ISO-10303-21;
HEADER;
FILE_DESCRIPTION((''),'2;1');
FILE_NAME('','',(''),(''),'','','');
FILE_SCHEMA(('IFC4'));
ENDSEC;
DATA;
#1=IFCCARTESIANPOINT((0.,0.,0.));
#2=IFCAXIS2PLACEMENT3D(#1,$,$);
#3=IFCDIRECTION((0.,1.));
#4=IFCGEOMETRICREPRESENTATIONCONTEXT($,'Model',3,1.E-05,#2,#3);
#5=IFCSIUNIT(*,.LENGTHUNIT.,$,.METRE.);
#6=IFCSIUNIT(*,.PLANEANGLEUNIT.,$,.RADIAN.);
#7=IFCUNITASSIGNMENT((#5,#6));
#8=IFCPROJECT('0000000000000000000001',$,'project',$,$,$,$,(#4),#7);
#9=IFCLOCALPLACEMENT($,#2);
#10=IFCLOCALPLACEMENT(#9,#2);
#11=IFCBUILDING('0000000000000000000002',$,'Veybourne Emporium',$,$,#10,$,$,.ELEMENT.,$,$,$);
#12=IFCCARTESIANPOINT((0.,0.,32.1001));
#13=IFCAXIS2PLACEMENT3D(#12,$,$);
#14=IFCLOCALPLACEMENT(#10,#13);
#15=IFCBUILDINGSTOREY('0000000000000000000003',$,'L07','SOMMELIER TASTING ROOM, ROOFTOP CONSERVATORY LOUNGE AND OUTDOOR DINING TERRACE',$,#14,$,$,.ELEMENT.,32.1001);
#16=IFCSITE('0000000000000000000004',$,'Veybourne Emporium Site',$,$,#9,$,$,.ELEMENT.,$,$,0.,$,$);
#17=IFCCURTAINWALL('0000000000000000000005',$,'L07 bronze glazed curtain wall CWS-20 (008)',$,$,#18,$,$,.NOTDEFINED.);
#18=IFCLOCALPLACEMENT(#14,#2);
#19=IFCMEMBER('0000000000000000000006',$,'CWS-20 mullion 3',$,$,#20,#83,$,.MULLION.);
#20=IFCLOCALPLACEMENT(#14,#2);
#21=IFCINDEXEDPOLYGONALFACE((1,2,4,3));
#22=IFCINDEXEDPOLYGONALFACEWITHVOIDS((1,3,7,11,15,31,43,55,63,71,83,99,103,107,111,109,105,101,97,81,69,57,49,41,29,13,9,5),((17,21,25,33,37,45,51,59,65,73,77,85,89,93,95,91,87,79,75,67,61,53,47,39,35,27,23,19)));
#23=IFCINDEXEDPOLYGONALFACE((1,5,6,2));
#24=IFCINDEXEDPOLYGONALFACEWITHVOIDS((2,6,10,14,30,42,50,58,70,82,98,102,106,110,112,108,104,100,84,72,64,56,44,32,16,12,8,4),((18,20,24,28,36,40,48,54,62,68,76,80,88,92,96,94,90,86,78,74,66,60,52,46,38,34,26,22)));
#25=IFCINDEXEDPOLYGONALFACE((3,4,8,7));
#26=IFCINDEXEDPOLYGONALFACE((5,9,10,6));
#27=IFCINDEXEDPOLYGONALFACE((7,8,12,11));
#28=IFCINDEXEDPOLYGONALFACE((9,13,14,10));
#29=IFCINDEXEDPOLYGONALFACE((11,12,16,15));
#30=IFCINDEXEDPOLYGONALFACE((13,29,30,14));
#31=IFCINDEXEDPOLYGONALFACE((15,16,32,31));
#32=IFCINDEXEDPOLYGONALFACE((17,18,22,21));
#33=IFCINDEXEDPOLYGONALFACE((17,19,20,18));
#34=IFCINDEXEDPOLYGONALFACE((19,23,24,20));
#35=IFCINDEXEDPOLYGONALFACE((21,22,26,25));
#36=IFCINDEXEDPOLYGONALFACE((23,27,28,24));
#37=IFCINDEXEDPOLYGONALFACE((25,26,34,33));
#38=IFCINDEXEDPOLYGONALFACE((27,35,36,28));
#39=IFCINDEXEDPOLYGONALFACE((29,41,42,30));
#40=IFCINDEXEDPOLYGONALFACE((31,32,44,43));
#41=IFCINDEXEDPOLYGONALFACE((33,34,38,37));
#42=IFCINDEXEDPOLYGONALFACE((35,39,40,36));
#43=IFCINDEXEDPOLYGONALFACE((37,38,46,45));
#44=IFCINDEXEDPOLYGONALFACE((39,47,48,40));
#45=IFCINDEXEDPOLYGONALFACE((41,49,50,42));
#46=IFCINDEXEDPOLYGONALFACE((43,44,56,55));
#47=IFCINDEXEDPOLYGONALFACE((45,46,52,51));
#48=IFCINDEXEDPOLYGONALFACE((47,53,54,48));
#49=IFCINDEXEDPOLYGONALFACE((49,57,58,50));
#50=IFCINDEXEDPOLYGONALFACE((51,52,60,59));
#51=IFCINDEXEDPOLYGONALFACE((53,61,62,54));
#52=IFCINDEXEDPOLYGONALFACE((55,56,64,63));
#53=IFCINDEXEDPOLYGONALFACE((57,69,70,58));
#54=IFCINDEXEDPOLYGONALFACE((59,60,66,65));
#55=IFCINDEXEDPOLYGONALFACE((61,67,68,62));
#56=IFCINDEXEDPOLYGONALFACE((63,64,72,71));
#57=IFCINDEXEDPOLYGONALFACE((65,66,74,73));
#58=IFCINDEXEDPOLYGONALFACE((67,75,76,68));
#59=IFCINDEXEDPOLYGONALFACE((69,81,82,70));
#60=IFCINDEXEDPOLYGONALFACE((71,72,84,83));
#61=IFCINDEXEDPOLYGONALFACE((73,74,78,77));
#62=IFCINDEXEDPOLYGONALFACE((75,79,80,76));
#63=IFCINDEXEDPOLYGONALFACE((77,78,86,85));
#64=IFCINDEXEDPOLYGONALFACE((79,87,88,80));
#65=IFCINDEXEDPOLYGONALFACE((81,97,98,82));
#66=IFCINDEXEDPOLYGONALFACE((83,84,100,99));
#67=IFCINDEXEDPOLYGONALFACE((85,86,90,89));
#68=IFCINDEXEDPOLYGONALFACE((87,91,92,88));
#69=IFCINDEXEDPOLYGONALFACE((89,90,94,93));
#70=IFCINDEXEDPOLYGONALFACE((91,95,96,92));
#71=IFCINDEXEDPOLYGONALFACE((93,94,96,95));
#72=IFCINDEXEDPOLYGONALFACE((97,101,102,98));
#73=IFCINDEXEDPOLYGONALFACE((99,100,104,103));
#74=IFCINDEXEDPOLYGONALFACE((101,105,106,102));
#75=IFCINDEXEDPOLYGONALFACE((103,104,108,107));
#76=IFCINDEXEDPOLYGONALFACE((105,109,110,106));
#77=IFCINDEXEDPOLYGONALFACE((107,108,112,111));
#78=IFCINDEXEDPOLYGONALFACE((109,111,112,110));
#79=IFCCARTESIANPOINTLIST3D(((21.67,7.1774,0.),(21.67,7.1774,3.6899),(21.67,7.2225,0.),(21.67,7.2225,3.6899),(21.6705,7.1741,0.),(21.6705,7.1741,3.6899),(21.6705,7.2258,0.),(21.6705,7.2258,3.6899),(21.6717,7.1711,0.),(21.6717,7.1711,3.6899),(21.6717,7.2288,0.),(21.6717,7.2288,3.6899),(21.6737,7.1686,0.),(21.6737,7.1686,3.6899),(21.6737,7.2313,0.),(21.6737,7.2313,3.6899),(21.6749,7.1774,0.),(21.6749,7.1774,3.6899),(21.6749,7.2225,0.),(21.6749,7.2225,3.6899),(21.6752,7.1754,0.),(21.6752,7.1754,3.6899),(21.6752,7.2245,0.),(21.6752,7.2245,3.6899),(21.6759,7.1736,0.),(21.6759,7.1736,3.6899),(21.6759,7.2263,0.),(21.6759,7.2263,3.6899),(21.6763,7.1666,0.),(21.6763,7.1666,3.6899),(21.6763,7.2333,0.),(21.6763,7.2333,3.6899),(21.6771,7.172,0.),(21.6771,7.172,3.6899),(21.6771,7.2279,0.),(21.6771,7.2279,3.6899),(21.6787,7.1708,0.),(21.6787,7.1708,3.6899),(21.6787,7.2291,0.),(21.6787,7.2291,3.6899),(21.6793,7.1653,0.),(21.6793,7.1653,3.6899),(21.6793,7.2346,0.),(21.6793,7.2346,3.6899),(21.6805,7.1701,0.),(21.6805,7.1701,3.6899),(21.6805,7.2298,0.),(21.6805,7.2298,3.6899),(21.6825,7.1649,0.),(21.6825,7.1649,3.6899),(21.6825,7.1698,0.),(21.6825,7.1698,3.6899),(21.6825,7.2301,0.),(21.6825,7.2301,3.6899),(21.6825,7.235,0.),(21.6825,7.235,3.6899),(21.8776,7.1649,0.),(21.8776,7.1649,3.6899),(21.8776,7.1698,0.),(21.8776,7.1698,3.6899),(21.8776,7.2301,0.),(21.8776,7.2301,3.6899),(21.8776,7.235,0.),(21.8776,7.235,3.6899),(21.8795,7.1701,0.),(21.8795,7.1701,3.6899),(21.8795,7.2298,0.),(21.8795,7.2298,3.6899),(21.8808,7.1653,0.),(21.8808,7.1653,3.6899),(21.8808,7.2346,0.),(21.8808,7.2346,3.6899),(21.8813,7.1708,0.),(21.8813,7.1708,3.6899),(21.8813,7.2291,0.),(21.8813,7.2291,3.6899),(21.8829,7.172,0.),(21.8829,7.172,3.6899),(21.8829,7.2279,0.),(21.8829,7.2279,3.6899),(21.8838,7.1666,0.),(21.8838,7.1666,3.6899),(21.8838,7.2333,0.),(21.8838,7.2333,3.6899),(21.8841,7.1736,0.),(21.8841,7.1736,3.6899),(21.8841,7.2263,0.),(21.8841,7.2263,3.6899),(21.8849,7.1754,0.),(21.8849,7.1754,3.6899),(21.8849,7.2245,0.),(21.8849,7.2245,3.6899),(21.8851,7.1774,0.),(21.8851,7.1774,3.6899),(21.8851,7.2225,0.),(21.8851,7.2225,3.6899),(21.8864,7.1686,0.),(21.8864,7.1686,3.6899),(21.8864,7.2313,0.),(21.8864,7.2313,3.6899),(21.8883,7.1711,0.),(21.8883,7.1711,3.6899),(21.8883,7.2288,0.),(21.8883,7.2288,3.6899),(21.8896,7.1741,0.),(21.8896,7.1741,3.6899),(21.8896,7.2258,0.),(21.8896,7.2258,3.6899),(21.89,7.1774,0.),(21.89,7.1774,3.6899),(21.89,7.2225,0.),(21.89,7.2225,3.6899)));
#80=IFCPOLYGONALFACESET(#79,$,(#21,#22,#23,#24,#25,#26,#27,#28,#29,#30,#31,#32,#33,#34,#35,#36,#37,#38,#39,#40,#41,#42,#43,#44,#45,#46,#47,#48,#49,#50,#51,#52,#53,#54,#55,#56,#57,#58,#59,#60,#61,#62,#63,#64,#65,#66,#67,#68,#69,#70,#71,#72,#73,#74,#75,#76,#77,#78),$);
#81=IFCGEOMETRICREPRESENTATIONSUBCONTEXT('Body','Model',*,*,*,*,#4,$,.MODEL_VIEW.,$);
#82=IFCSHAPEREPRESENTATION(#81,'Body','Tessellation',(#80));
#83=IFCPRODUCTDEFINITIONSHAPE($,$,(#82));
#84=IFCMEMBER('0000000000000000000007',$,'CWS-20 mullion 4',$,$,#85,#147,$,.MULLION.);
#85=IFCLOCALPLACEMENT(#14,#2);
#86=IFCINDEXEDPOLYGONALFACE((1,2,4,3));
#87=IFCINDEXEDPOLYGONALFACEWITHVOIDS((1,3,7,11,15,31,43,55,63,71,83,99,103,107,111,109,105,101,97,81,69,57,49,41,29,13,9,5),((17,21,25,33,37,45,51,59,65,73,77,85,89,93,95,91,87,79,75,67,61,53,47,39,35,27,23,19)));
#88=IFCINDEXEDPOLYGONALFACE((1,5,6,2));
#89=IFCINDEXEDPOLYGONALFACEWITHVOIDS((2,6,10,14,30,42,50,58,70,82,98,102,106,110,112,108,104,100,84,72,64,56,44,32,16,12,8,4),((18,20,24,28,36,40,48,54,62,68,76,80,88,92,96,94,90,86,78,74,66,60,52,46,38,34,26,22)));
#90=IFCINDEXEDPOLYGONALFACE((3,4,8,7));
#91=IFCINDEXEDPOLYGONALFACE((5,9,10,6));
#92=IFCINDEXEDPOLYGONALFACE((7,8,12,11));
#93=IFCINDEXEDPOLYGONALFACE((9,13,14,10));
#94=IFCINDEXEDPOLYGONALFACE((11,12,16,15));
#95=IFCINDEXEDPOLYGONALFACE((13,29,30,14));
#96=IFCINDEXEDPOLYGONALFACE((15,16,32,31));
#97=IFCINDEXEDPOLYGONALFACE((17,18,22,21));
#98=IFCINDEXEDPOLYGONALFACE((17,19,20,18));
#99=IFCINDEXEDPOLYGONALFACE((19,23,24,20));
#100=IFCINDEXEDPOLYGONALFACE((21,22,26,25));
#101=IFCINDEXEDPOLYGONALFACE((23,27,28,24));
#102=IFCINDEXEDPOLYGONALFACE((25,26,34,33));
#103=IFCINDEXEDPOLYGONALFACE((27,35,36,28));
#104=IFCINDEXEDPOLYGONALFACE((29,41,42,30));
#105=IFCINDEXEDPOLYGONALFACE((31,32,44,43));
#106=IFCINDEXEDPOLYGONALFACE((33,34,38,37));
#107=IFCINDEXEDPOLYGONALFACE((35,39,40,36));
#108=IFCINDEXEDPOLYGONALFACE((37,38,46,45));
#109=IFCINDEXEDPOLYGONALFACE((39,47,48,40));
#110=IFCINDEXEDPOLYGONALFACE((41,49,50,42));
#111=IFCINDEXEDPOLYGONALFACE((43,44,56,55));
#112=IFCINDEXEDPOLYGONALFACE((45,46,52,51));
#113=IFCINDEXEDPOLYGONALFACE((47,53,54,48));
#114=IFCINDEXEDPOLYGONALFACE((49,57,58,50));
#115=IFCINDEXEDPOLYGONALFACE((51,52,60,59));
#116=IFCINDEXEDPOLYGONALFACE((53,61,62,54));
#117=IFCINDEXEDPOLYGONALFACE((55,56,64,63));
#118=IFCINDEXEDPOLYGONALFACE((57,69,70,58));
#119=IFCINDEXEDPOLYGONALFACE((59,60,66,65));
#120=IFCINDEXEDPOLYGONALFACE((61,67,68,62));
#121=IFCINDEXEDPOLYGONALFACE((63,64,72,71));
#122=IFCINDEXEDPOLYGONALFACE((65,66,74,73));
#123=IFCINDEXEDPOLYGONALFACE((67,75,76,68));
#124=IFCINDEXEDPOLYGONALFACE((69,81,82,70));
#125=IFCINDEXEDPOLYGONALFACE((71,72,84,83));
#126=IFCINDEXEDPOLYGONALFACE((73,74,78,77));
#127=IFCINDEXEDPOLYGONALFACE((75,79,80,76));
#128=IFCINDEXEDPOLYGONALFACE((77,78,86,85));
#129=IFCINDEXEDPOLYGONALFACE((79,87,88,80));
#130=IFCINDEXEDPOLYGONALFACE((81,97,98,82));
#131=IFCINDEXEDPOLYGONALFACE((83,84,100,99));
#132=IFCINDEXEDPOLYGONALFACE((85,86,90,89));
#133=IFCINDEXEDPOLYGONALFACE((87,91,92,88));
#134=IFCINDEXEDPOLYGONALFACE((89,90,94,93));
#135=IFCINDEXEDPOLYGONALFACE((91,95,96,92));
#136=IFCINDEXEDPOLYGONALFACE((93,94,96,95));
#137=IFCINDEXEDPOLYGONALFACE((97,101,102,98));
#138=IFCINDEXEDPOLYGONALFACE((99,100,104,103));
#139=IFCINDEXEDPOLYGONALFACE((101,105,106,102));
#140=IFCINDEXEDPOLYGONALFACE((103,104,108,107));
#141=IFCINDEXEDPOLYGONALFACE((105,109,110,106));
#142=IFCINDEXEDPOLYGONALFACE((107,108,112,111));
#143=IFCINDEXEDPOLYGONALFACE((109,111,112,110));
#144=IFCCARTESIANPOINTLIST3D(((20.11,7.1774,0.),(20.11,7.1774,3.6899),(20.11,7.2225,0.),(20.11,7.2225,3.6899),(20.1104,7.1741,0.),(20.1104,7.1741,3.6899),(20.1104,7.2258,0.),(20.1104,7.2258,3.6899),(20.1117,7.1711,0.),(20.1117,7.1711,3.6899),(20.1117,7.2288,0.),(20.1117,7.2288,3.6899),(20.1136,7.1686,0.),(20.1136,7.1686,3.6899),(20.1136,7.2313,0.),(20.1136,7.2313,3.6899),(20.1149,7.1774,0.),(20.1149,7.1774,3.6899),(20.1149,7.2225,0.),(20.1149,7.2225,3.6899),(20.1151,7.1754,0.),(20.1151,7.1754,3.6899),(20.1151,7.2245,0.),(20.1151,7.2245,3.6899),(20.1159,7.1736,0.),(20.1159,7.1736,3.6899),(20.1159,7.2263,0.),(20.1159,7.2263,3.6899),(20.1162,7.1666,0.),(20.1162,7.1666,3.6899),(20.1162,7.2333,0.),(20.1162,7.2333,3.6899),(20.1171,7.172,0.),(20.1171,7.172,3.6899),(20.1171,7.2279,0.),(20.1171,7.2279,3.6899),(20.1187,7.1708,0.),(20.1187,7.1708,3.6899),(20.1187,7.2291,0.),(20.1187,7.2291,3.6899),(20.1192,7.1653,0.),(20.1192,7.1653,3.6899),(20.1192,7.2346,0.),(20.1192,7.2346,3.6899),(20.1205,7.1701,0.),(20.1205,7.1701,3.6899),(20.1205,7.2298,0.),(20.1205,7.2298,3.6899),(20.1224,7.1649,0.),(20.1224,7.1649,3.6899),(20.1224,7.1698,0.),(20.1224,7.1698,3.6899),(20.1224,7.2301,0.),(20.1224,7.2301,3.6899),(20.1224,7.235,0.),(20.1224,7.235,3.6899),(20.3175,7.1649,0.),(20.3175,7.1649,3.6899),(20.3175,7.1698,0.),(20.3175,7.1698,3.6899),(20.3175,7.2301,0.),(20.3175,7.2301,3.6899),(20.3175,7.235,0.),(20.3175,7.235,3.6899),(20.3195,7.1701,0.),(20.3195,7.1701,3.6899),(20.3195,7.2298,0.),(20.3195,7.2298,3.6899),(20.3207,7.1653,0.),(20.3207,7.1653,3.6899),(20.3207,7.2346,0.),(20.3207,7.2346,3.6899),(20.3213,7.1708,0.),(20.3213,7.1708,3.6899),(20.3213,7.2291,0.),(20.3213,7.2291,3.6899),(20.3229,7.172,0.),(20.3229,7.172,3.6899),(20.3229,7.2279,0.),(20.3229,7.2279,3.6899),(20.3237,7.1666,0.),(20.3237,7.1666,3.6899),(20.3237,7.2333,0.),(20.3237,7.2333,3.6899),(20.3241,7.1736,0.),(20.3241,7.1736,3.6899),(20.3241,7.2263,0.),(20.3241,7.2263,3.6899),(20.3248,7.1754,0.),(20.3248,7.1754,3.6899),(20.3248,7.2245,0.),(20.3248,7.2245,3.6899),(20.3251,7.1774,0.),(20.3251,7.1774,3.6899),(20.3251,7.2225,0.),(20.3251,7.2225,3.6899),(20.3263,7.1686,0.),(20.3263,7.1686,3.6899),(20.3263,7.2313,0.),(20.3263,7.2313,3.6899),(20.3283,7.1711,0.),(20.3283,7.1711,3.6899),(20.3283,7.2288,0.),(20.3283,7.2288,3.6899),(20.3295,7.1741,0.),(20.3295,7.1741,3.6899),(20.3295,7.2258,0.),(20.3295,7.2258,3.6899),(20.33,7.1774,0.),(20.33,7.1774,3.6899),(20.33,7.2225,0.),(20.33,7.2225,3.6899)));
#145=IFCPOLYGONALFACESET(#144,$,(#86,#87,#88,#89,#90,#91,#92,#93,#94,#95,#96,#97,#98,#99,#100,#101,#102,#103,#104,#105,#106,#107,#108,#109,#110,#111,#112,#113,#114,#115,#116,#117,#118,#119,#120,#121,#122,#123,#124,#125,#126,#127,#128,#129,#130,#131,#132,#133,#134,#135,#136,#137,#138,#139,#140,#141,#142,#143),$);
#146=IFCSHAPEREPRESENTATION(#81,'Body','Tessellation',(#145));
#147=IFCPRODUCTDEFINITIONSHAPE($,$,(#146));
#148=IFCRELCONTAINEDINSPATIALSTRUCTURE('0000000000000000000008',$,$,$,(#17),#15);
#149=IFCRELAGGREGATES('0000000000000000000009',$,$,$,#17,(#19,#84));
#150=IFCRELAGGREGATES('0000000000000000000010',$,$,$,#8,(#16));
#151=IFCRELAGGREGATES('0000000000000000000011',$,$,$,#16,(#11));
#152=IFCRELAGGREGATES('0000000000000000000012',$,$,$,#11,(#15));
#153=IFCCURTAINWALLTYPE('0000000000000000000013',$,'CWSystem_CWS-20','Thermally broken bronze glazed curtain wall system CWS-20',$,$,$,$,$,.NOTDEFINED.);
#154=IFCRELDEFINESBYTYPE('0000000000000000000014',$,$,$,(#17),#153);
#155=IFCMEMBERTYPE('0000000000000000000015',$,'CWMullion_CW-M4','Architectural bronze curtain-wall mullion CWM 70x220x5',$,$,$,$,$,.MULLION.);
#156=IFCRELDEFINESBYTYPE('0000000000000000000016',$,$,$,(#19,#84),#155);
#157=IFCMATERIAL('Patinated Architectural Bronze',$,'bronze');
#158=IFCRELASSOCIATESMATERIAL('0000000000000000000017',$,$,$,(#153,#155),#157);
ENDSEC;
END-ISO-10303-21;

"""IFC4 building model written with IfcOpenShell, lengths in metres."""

from ifc_helpers import new_model, si_unit, direction, frame, origin, origin_2d, place, context, subcontext, project, spatial, hollow_rectangle, extrude, material, material_profile, profile_set, type_object, element, aggregate, save


model = new_model("IFC4")

# Units and contexts
model_context = context("Model", 3, precision=1e-05, world=origin(), true_north=direction((0.0, 1.0)))
body_context = subcontext(model_context, "Body", "Model", "MODEL_VIEW")
ifc_project = project(units=[si_unit("LENGTHUNIT", "METRE"), si_unit("PLANEANGLEUNIT", "RADIAN")], contexts=[model_context])

# Site, building, storey
site_placement = place(None, origin())
site = spatial("IfcSite", under=ifc_project, at=site_placement, Name="Veybourne Emporium Site", CompositionType="ELEMENT", RefElevation=0.0)
building_placement = place(site_placement, origin())
building = spatial("IfcBuilding", under=site, at=building_placement, Name="Veybourne Emporium", CompositionType="ELEMENT")
storey_placement = place(building_placement, frame((0.0, 0.0, 32.1001)))
storey = spatial("IfcBuildingStorey", under=building, at=storey_placement, Name="L07", Description="SOMMELIER TASTING ROOM, ROOFTOP CONSERVATORY LOUNGE AND OUTDOOR DINING TERRACE", CompositionType="ELEMENT", Elevation=32.1001)

# Curtain wall, members
ifc_material_1 = material(Name="Patinated Architectural Bronze", Category="bronze")
curtain_wall_type = type_object("IfcCurtainWallType", Name="CWSystem_CWS-20", Description="Thermally broken bronze glazed curtain wall system CWS-20", PredefinedType="NOTDEFINED", material=ifc_material_1)
curtain_wall_placement = place(storey_placement, origin())
curtain_wall = element("IfcCurtainWall", 1, at=curtain_wall_placement, inside=storey, type_object=curtain_wall_type, Name="L07 bronze glazed curtain wall CWS-20 (008)", PredefinedType="NOTDEFINED")
ifc_material_profile_1 = material_profile(ifc_material_1, hollow_rectangle(XDim=0.0701, YDim=0.22, WallThickness=0.0049, InnerFilletRadius=0.0076, OuterFilletRadius=0.0125, at=origin_2d()), Name="CWM 70x220x5")
ifc_profile_set_1 = profile_set([ifc_material_profile_1], Name="Patinated Architectural Bronze")
member_type_1 = type_object("IfcMemberType", Name="CWMullion_CW-M4", Description="Architectural bronze curtain-wall mullion CWM 70x220x5", PredefinedType="MULLION", material=ifc_profile_set_1)
member_1_placement = place(storey_placement, frame((21.78, 7.2, 0.0), z_axis=(0.0, 0.0, 1.0), x_axis=(0.0, -1.0, 0.0)))
member_1 = element("IfcMember", 2, at=member_1_placement, type_object=member_type_1, Name="CWS-20 mullion 3", PredefinedType="MULLION", context=body_context, shape_type="SweptSolid", body=[
    extrude(hollow_rectangle(XDim=0.0701, YDim=0.22, WallThickness=0.0049, InnerFilletRadius=0.0076, OuterFilletRadius=0.0125, at=origin_2d()), origin(), (0.0, 0.0, 1.0), 3.6899),
])
member_2_placement = place(storey_placement, frame((20.22, 7.2, 0.0), z_axis=(0.0, 0.0, 1.0), x_axis=(0.0, -1.0, 0.0)))
member_2 = element("IfcMember", 3, at=member_2_placement, type_object=member_type_1, Name="CWS-20 mullion 4", PredefinedType="MULLION", context=body_context, shape_type="SweptSolid", body=[
    extrude(hollow_rectangle(XDim=0.0701, YDim=0.22, WallThickness=0.0049, InnerFilletRadius=0.0076, OuterFilletRadius=0.0125, at=origin_2d()), origin(), (0.0, 0.0, 1.0), 3.6899),
])
aggregate(curtain_wall, [member_1, member_2])

save(model, "model.ifc")
